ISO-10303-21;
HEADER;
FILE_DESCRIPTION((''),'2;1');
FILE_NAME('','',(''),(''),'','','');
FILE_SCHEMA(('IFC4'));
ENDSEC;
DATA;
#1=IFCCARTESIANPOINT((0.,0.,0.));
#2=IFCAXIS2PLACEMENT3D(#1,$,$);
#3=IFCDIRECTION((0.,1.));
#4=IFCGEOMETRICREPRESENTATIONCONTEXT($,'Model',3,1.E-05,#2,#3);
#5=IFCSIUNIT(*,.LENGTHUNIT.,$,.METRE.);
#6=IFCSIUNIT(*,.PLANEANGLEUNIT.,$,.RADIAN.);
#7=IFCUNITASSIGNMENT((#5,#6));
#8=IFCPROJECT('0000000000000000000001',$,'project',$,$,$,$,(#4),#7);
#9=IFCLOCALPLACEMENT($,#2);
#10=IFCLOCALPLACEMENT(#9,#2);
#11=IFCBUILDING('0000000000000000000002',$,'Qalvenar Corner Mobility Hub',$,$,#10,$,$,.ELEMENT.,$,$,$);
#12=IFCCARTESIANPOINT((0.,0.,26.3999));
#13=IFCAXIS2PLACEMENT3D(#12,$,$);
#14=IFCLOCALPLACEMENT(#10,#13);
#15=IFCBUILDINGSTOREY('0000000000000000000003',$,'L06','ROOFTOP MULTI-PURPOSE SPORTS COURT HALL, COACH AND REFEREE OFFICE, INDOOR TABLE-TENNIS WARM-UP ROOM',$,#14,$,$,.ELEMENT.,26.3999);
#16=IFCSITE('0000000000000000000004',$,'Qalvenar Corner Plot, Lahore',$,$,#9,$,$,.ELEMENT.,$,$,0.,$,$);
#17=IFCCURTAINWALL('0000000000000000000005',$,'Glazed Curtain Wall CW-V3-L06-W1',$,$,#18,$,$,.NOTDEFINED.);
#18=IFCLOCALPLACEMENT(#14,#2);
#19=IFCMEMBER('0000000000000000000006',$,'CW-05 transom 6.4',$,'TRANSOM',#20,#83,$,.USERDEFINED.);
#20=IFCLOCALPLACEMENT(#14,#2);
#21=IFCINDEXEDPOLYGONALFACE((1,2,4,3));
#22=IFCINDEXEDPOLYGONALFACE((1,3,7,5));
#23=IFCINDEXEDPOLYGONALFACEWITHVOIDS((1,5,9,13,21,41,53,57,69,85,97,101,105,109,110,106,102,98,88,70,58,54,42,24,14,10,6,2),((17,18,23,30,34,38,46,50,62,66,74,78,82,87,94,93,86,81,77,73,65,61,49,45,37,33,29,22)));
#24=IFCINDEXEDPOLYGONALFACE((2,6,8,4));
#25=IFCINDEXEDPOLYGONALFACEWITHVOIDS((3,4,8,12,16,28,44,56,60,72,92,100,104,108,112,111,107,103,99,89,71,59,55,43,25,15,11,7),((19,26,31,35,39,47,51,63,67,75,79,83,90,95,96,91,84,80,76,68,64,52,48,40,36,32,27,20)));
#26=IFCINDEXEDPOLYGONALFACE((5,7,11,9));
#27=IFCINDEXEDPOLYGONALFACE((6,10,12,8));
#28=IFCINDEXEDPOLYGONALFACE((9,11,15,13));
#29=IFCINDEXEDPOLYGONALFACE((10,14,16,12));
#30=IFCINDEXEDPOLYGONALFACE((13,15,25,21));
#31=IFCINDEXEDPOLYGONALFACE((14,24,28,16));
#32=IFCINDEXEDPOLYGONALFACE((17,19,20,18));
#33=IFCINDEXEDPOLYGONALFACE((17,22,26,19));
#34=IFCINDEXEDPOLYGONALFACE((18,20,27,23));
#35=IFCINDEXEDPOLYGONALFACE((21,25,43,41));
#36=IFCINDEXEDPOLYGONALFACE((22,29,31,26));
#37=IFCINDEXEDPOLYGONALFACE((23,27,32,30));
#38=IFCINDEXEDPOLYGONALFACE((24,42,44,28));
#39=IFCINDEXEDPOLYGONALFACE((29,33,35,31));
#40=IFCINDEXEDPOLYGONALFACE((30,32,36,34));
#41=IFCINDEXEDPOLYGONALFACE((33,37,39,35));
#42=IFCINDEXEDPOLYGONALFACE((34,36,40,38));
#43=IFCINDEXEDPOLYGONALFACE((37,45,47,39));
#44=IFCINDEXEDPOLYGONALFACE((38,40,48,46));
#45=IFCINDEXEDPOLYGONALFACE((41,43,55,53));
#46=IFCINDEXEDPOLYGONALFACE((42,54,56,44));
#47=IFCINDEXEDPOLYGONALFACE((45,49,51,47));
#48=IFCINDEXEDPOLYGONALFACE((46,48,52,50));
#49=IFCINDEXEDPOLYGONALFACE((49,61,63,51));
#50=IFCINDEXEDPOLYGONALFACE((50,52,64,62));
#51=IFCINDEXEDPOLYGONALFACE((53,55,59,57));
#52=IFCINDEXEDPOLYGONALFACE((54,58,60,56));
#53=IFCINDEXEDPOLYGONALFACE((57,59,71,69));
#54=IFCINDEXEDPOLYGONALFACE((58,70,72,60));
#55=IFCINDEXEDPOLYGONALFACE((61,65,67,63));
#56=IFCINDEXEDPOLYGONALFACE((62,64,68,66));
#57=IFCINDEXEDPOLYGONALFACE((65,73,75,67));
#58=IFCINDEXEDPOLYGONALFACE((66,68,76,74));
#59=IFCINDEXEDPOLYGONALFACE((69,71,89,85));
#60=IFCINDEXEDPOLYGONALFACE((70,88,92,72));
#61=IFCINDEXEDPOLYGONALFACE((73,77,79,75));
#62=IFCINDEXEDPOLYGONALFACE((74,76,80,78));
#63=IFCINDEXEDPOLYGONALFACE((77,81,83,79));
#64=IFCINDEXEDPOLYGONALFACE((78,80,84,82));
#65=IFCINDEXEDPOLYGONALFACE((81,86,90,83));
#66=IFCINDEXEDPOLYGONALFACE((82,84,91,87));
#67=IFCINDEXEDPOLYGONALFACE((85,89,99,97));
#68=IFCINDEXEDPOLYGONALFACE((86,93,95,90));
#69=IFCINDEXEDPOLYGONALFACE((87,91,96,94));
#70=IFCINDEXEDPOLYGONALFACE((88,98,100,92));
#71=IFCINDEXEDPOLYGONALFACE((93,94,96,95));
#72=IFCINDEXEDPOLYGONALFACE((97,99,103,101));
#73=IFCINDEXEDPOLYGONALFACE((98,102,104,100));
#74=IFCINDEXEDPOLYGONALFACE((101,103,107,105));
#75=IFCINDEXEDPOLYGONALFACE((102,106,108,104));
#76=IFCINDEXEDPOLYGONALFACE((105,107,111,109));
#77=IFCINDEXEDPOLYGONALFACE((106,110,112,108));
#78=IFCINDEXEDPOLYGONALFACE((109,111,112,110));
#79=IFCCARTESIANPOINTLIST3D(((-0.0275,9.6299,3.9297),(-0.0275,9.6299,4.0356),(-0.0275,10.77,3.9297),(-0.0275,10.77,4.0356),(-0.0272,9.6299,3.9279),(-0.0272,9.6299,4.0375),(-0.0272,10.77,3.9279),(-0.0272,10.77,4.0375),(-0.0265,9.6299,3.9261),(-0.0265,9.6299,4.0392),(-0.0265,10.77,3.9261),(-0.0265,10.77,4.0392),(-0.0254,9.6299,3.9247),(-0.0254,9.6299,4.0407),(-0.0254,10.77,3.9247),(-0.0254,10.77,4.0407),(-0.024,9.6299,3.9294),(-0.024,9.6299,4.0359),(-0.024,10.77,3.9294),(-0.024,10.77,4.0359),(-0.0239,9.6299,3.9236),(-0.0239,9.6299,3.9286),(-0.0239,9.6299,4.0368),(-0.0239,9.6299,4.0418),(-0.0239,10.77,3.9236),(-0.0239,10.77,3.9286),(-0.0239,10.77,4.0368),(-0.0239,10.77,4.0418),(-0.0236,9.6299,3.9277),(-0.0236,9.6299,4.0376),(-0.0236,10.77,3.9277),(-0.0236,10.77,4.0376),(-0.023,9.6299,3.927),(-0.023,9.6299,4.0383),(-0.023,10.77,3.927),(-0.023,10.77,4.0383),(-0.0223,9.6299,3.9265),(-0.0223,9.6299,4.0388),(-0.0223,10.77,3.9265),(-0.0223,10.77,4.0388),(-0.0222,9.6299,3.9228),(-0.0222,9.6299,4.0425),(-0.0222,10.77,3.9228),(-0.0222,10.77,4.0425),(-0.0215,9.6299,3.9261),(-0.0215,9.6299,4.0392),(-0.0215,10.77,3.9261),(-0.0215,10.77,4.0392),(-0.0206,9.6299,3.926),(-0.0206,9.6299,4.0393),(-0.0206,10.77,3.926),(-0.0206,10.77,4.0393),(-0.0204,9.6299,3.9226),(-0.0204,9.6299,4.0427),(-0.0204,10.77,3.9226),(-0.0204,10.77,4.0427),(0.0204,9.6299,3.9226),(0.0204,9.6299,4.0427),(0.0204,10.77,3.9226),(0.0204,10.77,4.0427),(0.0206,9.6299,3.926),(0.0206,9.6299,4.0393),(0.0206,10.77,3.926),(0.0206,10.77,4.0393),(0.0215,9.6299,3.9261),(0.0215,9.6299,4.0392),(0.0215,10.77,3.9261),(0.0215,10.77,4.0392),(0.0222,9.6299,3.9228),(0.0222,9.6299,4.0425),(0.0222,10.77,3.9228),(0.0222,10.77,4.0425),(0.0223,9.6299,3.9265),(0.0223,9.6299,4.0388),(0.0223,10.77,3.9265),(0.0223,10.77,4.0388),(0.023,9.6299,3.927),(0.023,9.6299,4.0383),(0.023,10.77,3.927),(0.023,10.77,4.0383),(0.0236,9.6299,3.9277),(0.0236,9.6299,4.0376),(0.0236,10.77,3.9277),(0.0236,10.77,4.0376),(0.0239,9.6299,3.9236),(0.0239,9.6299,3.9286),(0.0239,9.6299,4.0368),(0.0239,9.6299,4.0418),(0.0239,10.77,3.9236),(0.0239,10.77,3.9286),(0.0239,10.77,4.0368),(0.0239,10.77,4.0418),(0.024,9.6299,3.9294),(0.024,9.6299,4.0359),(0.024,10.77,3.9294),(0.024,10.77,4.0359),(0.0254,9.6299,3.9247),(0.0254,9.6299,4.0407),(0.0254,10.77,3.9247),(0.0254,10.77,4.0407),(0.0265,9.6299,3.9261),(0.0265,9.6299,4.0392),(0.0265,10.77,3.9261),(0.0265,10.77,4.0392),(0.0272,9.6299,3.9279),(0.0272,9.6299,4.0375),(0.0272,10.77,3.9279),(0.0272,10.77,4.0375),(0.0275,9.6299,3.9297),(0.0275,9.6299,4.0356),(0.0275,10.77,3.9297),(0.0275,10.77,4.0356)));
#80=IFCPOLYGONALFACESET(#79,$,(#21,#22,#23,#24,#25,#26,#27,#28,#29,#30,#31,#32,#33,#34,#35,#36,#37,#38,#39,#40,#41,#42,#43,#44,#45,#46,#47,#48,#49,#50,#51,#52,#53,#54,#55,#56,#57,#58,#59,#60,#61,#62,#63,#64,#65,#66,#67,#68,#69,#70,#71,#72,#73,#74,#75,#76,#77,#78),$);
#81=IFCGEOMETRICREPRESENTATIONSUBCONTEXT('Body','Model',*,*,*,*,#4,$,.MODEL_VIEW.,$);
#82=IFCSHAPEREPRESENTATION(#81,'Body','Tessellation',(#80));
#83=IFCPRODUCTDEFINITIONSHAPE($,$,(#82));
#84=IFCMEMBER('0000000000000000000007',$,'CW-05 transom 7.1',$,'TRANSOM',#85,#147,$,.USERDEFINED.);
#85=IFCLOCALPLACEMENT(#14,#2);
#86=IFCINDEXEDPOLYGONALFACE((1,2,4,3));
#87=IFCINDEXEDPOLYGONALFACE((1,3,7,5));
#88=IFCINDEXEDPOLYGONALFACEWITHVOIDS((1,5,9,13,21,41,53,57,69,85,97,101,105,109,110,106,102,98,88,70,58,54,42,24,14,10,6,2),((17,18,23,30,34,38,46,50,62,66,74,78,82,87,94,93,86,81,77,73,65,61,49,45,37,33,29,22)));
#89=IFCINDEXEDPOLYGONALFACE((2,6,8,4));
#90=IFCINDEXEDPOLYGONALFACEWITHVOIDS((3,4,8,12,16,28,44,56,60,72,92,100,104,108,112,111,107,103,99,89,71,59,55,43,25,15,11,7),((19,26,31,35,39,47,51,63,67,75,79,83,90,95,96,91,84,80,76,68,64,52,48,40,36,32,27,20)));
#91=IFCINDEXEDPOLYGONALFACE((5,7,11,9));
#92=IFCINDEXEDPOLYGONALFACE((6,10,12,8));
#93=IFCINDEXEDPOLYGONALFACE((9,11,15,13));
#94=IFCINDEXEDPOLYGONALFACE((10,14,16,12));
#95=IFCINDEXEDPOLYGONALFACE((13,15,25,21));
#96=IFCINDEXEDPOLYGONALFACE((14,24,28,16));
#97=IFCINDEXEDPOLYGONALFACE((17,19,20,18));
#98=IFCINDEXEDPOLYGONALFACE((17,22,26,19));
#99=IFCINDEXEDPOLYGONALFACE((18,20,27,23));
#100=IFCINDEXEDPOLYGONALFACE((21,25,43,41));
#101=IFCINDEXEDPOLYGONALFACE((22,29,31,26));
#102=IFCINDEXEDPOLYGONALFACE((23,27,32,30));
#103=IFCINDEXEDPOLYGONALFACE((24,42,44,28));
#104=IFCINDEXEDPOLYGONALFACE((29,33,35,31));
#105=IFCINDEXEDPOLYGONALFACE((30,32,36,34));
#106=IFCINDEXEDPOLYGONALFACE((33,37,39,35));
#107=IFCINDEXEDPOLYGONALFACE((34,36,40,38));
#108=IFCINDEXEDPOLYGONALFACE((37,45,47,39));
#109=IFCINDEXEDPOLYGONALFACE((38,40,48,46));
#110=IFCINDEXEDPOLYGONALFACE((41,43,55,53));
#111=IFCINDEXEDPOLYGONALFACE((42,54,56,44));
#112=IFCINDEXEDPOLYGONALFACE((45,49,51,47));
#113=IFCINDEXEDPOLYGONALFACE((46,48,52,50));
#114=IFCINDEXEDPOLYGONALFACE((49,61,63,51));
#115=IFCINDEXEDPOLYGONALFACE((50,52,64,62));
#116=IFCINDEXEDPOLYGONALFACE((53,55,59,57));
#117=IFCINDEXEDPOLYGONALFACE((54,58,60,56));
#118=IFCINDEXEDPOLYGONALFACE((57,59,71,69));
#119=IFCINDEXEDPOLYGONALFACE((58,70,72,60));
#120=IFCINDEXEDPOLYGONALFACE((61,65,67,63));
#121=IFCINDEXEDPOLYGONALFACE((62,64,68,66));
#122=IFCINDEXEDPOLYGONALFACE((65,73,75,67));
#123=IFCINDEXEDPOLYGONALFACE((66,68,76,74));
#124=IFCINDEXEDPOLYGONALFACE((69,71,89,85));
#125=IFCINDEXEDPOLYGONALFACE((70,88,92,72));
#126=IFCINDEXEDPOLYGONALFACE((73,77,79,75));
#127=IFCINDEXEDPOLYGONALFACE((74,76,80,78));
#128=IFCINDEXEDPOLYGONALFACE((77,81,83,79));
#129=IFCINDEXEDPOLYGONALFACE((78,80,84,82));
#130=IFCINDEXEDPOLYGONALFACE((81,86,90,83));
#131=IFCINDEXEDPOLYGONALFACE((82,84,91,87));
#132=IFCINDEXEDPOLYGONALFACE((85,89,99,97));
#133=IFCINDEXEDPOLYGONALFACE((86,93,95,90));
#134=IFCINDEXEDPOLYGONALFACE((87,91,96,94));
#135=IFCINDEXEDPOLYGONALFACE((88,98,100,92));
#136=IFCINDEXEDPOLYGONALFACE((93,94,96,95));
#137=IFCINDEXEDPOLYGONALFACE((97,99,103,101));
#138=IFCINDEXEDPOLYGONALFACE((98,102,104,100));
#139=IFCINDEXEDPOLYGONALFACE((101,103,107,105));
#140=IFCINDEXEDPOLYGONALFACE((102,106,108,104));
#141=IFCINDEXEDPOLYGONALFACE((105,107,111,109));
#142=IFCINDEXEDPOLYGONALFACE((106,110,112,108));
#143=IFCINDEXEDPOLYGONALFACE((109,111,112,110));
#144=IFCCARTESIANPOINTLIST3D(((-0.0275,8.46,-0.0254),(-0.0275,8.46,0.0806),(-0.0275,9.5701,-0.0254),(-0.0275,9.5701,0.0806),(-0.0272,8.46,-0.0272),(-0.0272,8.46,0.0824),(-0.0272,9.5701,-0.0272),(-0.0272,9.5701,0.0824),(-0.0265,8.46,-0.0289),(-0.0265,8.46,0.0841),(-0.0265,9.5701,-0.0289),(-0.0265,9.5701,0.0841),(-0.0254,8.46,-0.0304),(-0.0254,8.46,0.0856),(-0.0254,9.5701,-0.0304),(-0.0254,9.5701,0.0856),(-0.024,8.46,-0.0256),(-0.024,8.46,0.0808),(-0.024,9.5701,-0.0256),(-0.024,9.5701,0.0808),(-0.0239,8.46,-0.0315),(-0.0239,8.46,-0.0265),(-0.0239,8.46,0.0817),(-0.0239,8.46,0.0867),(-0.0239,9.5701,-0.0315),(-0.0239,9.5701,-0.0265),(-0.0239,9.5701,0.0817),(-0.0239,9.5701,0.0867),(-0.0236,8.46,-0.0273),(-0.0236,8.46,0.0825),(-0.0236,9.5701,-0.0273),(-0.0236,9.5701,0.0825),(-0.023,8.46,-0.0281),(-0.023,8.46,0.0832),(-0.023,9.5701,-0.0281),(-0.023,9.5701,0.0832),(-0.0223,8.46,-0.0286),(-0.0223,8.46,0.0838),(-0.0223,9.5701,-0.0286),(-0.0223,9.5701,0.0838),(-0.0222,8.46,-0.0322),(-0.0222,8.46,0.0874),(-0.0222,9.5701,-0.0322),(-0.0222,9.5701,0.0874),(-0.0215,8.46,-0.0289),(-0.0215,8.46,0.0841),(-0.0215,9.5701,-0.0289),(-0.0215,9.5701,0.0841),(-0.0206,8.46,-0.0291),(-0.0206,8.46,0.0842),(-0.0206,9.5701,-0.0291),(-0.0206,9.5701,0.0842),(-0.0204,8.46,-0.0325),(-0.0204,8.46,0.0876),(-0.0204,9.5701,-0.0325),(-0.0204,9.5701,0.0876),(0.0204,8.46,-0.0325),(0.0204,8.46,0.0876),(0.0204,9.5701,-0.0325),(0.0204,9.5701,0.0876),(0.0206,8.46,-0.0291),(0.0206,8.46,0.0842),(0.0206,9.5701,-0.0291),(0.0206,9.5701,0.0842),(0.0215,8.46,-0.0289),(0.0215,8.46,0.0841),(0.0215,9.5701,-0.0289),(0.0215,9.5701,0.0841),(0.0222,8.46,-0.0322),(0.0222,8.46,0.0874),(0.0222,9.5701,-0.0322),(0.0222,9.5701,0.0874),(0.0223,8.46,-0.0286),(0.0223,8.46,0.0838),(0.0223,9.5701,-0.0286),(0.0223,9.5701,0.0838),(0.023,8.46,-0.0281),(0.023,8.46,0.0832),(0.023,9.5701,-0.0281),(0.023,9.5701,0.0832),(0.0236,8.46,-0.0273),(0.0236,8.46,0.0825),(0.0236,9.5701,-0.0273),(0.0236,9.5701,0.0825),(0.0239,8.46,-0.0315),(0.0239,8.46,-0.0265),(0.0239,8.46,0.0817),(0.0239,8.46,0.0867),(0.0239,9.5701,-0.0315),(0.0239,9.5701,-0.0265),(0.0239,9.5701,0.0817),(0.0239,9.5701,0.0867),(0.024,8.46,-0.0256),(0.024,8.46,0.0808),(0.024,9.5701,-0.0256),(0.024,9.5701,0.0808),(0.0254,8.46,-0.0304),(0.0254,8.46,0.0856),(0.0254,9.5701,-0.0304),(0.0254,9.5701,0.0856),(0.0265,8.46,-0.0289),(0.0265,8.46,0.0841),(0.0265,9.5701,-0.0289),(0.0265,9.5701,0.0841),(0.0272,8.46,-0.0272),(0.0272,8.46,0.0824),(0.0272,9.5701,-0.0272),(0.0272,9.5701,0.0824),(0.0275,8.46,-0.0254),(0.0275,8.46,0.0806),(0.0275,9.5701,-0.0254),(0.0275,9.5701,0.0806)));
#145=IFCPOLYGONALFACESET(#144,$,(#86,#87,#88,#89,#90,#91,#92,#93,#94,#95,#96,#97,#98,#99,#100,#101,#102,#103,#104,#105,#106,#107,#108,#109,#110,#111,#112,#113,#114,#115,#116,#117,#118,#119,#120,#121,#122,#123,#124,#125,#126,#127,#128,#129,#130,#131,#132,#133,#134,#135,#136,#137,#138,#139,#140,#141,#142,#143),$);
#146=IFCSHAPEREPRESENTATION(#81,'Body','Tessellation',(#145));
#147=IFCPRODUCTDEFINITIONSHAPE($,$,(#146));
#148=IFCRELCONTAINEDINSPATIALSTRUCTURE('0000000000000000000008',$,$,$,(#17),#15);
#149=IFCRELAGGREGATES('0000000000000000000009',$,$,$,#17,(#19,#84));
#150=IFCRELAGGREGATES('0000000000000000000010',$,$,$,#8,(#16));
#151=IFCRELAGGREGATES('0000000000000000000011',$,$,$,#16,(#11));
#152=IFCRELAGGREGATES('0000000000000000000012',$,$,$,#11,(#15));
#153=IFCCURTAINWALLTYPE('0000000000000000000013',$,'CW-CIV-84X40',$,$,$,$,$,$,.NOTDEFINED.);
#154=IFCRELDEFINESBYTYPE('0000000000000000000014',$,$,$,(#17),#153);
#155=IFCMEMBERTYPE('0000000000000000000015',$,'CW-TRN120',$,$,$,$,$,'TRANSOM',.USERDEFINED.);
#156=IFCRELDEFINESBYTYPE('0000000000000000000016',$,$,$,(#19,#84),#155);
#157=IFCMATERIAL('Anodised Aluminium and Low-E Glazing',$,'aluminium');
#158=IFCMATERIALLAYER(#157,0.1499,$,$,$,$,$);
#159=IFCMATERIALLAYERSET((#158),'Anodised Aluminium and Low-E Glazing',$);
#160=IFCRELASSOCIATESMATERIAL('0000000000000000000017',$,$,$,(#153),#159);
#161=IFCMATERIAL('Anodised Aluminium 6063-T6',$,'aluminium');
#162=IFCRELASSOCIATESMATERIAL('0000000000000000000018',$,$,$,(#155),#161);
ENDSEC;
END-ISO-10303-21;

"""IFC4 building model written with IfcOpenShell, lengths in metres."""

from ifc_helpers import new_model, si_unit, direction, frame, origin, origin_2d, place, context, subcontext, project, spatial, hollow_rectangle, extrude, material, layer, layer_set, material_profile, profile_set, type_object, element, aggregate, save


model = new_model("IFC4")

# Units and contexts
model_context = context("Model", 3, precision=1e-05, world=origin(), true_north=direction((0.0, 1.0)))
body_context = subcontext(model_context, "Body", "Model", "MODEL_VIEW")
ifc_project = project(units=[si_unit("LENGTHUNIT", "METRE"), si_unit("PLANEANGLEUNIT", "RADIAN")], contexts=[model_context])

# Site, building, storey
site_placement = place(None, origin())
site = spatial("IfcSite", under=ifc_project, at=site_placement, Name="Qalvenar Corner Plot, Lahore", CompositionType="ELEMENT", RefElevation=0.0)
building_placement = place(site_placement, origin())
building = spatial("IfcBuilding", under=site, at=building_placement, Name="Qalvenar Corner Mobility Hub", CompositionType="ELEMENT")
storey_placement = place(building_placement, frame((0.0, 0.0, 26.3999)))
storey = spatial("IfcBuildingStorey", under=building, at=storey_placement, Name="L06", Description="ROOFTOP MULTI-PURPOSE SPORTS COURT HALL, COACH AND REFEREE OFFICE, INDOOR TABLE-TENNIS WARM-UP ROOM", CompositionType="ELEMENT", Elevation=26.3999)

# Curtain wall
ifc_material_1 = material(Name="Anodised Aluminium and Low-E Glazing", Category="aluminium")
ifc_material_2 = material(Name="Anodised Aluminium 6063-T6", Category="aluminium")
ifc_layer_1 = layer(ifc_material_1, 0.1499)
ifc_layer_set_1 = layer_set([ifc_layer_1], Name="Anodised Aluminium and Low-E Glazing")
curtain_wall_type_1 = type_object("IfcCurtainWallType", Name="CW-CIV-84X40", PredefinedType="NOTDEFINED", material=ifc_layer_set_1)
curtain_wall_1_placement = place(storey_placement, origin())
curtain_wall_1 = element("IfcCurtainWall", 1, at=curtain_wall_1_placement, inside=storey, type_object=curtain_wall_type_1, Name="Glazed Curtain Wall CW-V3-L06-W1", PredefinedType="NOTDEFINED")

# Members
ifc_material_profile_1 = material_profile(ifc_material_2, hollow_rectangle(XDim=0.0549, YDim=0.1201, WallThickness=0.0034, InnerFilletRadius=0.0034, OuterFilletRadius=0.0071, at=origin_2d()), Name="RHS120x55x3.5")
ifc_profile_set_1 = profile_set([ifc_material_profile_1], Name="Anodised Aluminium 6063-T6")
member_type_1 = type_object("IfcMemberType", Name="CW-TRN120", ElementType="TRANSOM", PredefinedType="USERDEFINED", material=ifc_profile_set_1)
member_1_placement = place(storey_placement, frame((0.0, 10.77, 3.9827), z_axis=(0.0, -1.0, 0.0), x_axis=(1.0, 0.0, 0.0)))
member_1 = element("IfcMember", 2, at=member_1_placement, type_object=member_type_1, Name="CW-05 transom 6.4", ObjectType="TRANSOM", PredefinedType="USERDEFINED", context=body_context, shape_type="SweptSolid", body=[
    extrude(hollow_rectangle(XDim=0.0549, YDim=0.1201, WallThickness=0.0034, InnerFilletRadius=0.0034, OuterFilletRadius=0.0071, at=origin_2d()), origin(), (0.0, 0.0, 1.0), 1.1401),
])
member_2_placement = place(storey_placement, frame((0.0, 9.5701, 0.0276), z_axis=(0.0, -1.0, 0.0), x_axis=(1.0, 0.0, 0.0)))
member_2 = element("IfcMember", 3, at=member_2_placement, type_object=member_type_1, Name="CW-05 transom 7.1", ObjectType="TRANSOM", PredefinedType="USERDEFINED", context=body_context, shape_type="SweptSolid", body=[
    extrude(hollow_rectangle(XDim=0.0549, YDim=0.1201, WallThickness=0.0034, InnerFilletRadius=0.0034, OuterFilletRadius=0.0071, at=origin_2d()), origin(), (0.0, 0.0, 1.0), 1.1101),
])

aggregate(curtain_wall_1, [member_1, member_2])

save(model, "model.ifc")
